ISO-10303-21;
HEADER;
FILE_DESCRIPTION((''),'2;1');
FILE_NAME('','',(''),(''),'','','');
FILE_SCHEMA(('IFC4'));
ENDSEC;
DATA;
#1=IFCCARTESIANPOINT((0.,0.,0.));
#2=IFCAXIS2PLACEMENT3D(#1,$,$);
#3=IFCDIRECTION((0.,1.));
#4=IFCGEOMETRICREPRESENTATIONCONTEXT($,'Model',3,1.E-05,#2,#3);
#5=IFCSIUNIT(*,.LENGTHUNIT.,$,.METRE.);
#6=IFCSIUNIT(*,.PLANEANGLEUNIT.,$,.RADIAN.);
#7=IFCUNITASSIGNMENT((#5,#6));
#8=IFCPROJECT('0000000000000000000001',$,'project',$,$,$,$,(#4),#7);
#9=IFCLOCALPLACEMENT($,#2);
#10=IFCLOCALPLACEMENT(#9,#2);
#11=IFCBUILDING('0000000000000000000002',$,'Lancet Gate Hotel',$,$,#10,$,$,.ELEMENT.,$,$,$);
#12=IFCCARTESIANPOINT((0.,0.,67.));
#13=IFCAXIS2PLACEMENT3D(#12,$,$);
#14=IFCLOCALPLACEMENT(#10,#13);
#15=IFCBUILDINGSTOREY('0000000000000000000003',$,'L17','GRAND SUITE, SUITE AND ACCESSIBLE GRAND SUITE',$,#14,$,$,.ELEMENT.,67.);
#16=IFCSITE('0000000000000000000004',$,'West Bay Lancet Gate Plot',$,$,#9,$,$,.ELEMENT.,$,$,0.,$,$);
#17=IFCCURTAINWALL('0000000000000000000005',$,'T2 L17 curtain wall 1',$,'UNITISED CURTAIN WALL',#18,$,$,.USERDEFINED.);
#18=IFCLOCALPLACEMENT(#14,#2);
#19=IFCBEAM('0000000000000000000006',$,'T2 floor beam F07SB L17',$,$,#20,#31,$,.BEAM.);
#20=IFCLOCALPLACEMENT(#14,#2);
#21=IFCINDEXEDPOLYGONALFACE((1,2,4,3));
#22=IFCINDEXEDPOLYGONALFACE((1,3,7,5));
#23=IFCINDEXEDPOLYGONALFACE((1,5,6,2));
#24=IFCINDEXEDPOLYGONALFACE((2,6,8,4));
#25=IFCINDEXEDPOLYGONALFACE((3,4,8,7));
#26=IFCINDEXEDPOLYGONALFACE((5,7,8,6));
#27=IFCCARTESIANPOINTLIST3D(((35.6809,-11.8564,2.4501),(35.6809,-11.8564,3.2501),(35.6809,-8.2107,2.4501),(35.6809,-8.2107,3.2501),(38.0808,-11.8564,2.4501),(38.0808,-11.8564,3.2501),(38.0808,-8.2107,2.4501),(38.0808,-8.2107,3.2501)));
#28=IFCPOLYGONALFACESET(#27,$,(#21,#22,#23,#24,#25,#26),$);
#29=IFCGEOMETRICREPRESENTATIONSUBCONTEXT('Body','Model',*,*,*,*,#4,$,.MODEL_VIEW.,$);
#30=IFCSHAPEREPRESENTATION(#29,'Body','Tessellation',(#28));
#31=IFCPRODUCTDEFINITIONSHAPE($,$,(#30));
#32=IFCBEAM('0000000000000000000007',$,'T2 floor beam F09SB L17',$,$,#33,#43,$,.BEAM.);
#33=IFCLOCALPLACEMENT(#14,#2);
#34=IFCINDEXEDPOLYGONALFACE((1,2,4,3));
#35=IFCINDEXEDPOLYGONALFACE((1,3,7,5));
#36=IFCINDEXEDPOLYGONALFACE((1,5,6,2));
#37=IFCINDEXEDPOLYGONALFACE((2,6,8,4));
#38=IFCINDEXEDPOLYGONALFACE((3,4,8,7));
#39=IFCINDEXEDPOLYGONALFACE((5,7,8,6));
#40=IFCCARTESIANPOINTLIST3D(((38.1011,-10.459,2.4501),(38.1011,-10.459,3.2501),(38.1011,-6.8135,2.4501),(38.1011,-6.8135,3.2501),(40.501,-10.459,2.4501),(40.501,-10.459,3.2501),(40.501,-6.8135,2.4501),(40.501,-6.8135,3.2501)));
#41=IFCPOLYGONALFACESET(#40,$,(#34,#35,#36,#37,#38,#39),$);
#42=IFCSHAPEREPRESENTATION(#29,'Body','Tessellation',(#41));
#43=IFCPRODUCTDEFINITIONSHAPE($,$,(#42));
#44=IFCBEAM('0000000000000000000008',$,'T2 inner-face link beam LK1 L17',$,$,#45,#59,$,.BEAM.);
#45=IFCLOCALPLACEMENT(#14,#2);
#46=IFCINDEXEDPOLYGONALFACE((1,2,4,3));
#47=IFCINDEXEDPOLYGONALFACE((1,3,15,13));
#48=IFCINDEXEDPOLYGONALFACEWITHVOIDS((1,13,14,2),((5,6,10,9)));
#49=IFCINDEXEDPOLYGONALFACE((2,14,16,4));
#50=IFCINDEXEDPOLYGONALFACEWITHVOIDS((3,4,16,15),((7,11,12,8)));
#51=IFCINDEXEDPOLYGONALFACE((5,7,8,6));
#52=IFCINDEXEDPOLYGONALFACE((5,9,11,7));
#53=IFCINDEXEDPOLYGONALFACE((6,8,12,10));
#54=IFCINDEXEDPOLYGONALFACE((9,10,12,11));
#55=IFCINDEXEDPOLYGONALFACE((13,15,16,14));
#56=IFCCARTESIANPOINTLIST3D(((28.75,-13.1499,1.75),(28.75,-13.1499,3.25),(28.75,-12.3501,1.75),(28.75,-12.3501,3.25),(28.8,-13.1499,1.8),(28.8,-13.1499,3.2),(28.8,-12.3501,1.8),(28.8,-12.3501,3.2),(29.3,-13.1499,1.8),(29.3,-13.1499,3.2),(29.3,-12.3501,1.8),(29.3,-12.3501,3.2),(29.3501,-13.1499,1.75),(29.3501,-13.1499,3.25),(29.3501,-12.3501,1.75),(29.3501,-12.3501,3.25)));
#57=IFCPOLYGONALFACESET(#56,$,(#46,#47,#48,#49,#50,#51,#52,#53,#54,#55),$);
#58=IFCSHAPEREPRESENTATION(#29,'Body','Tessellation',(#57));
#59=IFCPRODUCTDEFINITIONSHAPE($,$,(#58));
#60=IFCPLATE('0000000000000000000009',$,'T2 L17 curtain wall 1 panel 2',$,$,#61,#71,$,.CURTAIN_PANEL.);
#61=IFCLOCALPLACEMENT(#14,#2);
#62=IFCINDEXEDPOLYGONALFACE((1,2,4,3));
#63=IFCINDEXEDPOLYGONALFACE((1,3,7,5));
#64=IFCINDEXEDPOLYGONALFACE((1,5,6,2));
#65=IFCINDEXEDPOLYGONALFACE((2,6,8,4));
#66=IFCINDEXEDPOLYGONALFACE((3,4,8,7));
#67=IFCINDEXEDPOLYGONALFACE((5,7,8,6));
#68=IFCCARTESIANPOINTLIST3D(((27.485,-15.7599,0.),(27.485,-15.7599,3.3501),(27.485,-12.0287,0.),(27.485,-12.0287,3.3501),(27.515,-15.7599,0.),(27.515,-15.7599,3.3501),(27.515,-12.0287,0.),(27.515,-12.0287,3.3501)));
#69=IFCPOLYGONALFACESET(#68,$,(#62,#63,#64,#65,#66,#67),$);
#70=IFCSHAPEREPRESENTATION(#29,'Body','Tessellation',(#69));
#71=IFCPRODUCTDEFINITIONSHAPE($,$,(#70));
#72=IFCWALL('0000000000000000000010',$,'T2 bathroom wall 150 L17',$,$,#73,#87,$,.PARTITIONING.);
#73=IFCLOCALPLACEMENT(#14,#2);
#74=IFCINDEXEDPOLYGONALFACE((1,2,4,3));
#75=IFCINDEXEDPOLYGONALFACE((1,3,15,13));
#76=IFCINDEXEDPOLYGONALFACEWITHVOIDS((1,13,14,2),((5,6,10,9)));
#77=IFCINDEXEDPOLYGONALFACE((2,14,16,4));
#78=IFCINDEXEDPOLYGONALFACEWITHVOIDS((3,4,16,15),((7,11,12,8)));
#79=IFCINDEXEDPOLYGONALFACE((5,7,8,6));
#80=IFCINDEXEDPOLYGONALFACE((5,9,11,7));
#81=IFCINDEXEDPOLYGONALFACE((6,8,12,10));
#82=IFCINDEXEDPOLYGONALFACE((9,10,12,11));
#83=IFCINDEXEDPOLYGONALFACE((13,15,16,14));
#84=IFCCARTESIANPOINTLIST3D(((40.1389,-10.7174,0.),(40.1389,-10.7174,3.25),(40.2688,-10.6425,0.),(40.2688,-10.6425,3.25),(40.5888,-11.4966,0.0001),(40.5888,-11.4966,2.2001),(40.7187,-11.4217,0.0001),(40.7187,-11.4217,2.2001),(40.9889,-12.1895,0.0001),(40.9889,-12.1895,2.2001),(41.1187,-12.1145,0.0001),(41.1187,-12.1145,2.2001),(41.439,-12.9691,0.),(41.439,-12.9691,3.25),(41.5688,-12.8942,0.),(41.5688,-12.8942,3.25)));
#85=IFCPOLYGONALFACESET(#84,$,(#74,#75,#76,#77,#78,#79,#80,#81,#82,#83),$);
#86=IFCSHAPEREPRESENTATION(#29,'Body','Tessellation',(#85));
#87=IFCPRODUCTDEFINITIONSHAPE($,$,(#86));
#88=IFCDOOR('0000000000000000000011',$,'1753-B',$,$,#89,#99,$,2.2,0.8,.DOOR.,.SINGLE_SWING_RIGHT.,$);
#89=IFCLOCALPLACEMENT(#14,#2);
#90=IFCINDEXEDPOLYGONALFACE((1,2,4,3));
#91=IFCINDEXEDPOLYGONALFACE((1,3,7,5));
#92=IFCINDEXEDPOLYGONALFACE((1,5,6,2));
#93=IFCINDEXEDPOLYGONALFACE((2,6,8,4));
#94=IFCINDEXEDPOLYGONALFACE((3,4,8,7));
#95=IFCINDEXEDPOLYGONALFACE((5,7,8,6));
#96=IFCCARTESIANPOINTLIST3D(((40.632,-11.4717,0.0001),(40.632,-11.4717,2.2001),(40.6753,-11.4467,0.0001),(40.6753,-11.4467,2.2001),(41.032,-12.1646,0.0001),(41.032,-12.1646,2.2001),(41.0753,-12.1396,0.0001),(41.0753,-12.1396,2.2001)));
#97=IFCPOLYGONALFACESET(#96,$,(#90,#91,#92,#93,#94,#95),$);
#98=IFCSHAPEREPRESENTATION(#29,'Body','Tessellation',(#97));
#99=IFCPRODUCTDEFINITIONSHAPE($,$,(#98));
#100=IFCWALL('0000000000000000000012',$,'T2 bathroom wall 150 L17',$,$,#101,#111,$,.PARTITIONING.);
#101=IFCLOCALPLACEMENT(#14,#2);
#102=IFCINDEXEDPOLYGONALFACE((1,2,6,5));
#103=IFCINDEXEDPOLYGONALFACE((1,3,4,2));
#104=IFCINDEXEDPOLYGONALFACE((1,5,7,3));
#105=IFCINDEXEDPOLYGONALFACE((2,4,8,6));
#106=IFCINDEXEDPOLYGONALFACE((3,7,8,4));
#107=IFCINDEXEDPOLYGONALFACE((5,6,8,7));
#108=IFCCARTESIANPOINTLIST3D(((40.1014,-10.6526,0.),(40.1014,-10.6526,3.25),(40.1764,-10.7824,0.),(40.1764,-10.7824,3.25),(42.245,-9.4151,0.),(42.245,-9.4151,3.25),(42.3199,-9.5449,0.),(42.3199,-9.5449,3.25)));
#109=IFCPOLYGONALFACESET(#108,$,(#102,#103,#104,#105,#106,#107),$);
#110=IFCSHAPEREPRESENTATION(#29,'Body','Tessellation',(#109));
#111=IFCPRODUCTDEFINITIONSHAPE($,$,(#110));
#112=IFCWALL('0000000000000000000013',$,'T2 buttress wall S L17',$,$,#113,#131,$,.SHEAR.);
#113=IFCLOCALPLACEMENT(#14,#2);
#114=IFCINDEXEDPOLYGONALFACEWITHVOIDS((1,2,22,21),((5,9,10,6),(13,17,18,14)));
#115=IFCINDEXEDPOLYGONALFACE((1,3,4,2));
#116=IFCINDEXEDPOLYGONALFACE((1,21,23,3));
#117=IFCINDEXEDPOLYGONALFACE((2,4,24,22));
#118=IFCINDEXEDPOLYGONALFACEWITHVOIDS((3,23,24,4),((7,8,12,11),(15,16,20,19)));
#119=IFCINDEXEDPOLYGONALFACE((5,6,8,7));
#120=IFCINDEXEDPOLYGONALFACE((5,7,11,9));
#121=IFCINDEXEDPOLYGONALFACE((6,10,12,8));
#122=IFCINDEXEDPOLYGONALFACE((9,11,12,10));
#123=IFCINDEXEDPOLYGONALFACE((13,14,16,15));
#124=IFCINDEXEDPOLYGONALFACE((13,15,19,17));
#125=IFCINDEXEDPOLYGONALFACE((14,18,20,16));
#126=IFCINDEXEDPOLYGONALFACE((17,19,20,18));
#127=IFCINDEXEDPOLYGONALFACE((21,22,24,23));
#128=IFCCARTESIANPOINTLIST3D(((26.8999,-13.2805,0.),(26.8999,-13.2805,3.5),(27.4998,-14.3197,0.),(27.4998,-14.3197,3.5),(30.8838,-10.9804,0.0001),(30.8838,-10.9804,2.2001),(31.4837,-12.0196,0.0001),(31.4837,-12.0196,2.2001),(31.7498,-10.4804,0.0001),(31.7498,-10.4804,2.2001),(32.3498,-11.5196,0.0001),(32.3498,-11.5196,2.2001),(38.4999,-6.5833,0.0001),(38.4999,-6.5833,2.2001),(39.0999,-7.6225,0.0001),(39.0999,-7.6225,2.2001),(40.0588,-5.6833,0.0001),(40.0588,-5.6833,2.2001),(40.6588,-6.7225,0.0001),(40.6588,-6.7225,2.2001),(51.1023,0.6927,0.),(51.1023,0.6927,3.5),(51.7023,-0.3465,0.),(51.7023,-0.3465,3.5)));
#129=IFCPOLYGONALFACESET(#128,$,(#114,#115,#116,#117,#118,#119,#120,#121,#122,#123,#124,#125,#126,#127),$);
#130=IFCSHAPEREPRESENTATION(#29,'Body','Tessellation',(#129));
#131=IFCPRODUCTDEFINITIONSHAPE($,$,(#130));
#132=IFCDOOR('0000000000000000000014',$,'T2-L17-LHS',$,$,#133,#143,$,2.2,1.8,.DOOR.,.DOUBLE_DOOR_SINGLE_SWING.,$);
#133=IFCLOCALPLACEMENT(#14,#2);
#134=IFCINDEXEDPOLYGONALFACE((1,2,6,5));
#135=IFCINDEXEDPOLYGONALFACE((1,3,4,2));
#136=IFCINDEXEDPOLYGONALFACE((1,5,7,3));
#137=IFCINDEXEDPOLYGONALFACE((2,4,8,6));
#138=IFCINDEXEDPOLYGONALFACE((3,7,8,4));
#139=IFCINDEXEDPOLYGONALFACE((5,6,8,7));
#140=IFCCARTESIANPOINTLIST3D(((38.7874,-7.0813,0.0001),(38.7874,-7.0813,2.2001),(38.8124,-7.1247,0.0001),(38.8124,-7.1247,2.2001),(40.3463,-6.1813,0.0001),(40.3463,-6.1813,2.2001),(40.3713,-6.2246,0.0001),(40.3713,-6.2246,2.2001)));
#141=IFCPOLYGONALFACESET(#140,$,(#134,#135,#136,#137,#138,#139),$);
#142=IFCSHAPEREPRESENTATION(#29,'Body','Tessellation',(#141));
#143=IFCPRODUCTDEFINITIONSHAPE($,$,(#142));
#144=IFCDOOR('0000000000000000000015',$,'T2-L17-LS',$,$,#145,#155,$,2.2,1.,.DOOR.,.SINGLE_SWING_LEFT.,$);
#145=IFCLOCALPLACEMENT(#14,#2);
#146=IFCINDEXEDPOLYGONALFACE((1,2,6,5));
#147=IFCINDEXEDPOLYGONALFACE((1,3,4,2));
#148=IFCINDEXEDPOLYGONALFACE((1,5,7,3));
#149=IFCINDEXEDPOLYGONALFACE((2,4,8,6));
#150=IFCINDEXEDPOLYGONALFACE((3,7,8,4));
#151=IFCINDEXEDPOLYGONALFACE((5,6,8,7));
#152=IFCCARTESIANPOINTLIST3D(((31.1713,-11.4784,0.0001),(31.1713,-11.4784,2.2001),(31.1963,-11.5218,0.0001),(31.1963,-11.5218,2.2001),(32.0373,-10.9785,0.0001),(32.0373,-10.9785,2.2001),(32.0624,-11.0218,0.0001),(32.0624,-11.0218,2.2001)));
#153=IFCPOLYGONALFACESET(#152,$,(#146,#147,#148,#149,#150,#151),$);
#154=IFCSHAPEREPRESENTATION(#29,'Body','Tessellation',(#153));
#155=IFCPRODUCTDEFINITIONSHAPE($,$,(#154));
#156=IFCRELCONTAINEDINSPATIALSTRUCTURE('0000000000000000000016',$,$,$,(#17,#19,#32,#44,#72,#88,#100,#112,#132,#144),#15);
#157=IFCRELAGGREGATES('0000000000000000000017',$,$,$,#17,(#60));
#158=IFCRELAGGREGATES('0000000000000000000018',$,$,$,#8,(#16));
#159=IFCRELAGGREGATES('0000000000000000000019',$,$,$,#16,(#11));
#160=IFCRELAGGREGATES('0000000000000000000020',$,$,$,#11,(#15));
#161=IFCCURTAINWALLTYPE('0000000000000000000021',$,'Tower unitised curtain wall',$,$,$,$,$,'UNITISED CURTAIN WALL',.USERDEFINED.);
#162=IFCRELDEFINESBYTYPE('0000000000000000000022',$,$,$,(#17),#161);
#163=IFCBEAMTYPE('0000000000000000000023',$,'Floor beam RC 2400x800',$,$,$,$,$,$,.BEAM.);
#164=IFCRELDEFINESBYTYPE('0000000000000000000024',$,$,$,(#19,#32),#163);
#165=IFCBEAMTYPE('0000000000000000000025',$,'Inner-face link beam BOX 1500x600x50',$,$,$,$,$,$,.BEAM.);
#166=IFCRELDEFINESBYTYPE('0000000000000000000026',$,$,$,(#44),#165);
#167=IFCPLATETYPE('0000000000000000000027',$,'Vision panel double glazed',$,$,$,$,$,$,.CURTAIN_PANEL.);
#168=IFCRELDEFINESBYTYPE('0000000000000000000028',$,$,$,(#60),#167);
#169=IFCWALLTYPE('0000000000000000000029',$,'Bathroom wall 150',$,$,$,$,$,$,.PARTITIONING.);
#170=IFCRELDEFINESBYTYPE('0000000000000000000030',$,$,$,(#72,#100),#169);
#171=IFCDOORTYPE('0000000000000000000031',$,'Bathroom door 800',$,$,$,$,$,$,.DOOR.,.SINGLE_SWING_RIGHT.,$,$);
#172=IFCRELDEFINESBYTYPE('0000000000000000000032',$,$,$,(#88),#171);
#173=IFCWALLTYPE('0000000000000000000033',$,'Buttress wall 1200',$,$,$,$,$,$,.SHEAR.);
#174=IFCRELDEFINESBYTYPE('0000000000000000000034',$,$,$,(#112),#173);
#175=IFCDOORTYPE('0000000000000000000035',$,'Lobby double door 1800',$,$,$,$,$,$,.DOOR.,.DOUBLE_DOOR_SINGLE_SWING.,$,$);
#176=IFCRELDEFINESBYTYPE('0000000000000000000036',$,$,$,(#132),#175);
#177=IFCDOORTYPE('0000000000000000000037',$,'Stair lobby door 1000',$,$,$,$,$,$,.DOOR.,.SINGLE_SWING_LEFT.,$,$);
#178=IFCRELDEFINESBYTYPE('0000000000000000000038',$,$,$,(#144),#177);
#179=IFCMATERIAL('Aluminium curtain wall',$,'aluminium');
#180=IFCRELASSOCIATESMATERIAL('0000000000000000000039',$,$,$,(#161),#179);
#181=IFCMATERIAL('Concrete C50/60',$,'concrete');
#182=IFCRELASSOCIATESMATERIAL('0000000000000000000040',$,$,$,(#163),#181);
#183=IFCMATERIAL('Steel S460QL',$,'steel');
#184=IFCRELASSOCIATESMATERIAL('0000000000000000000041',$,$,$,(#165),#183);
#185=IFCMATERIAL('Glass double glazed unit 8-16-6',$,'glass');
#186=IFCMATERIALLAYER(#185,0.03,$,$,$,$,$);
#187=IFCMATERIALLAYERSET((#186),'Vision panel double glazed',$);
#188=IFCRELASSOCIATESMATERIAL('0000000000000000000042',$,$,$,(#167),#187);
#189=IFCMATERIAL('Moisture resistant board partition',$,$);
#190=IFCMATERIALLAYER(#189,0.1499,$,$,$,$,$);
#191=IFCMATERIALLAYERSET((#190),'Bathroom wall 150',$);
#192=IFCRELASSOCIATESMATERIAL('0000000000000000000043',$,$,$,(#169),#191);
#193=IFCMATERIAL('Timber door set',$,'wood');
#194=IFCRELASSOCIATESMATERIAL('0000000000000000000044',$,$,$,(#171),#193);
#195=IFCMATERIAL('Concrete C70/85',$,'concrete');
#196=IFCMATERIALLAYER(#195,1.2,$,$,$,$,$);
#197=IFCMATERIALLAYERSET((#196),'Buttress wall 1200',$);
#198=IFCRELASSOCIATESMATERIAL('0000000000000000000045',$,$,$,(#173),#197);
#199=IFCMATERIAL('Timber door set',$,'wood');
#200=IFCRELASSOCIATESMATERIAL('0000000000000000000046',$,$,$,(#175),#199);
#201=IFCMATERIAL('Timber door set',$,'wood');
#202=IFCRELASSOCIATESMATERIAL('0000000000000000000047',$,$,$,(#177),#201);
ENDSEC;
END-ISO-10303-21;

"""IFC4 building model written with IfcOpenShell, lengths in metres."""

from ifc_helpers import new_model, si_unit, direction, frame, frame_2d, origin, origin_2d, place, context, subcontext, project, spatial, rectangle, hollow_rectangle, extrude, material, layer, layer_set, material_profile, profile_set, type_object, element, fill, aggregate, save


model = new_model("IFC4")

# Units and contexts
model_context = context("Model", 3, precision=1e-05, world=origin(), true_north=direction((0.0, 1.0)))
body_context = subcontext(model_context, "Body", "Model", "MODEL_VIEW")
ifc_project = project(units=[si_unit("LENGTHUNIT", "METRE"), si_unit("PLANEANGLEUNIT", "RADIAN")], contexts=[model_context])

# Site, building, storey
site_placement = place(None, origin())
site = spatial("IfcSite", under=ifc_project, at=site_placement, Name="West Bay Lancet Gate Plot", CompositionType="ELEMENT", RefElevation=0.0)
building_placement = place(site_placement, origin())
building = spatial("IfcBuilding", under=site, at=building_placement, Name="Lancet Gate Hotel", CompositionType="ELEMENT")
storey_placement = place(building_placement, frame((0.0, 0.0, 67.0)))
storey = spatial("IfcBuildingStorey", under=building, at=storey_placement, Name="L17", Description="GRAND SUITE, SUITE AND ACCESSIBLE GRAND SUITE", CompositionType="ELEMENT", Elevation=67.0)

# Curtain wall
ifc_material_1 = material(Name="Aluminium curtain wall", Category="aluminium")
curtain_wall_type = type_object("IfcCurtainWallType", Name="Tower unitised curtain wall", ElementType="UNITISED CURTAIN WALL", PredefinedType="USERDEFINED", material=ifc_material_1)
curtain_wall_placement = place(storey_placement, origin())
curtain_wall = element("IfcCurtainWall", 1, at=curtain_wall_placement, inside=storey, type_object=curtain_wall_type, Name="T2 L17 curtain wall 1", ObjectType="UNITISED CURTAIN WALL", PredefinedType="USERDEFINED")

# Beams
ifc_material_2 = material(Name="Concrete C50/60", Category="concrete")
ifc_material_profile_1 = material_profile(ifc_material_2, rectangle(XDim=2.3999, YDim=0.8, at=origin_2d()), Name="RC 2400x800")
ifc_profile_set_1 = profile_set([ifc_material_profile_1], Name="Concrete C50/60")
beam_type_1 = type_object("IfcBeamType", Name="Floor beam RC 2400x800", PredefinedType="BEAM", material=ifc_profile_set_1)
for number, where, z_axis, x_axis, name in (
    (2, (36.8809, -11.8564, 2.8501), (0.0, 1.0, 0.0), (-1.0, 0.0, 0.0), "T2 floor beam F07SB L17"),
):
    element("IfcBeam", number, at=place(storey_placement, frame(where, z_axis=z_axis, x_axis=x_axis)), inside=storey, type_object=beam_type_1, Name=name, PredefinedType="BEAM", context=body_context, shape_type="SweptSolid", body=[
        extrude(rectangle(XDim=2.3999, YDim=0.8, at=origin_2d()), origin(), (0.0, 0.0, 1.0), 3.6458),
    ])
beam_1_placement = place(storey_placement, frame((39.301, -10.459, 2.8501), z_axis=(0.0, 1.0, 0.0), x_axis=(-1.0, 0.0, 0.0)))
element("IfcBeam", 3, at=beam_1_placement, inside=storey, type_object=beam_type_1, Name="T2 floor beam F09SB L17", PredefinedType="BEAM", context=body_context, shape_type="SweptSolid", body=[
    extrude(rectangle(XDim=2.3999, YDim=0.8, at=origin_2d()), origin(), (0.0, 0.0, 1.0), 3.6455),
])
ifc_material_3 = material(Name="Steel S460QL", Category="steel")
ifc_material_profile_2 = material_profile(ifc_material_3, hollow_rectangle(XDim=0.6001, YDim=1.5, WallThickness=0.05, at=origin_2d()), Name="BOX 1500x600x50")
ifc_profile_set_2 = profile_set([ifc_material_profile_2], Name="Steel S460QL")
beam_type_2 = type_object("IfcBeamType", Name="Inner-face link beam BOX 1500x600x50", PredefinedType="BEAM", material=ifc_profile_set_2)
beam_2_placement = place(storey_placement, frame((29.05, -13.1499, 2.5), z_axis=(0.0, 1.0, 0.0), x_axis=(-1.0, 0.0, 0.0)))
element("IfcBeam", 4, at=beam_2_placement, inside=storey, type_object=beam_type_2, Name="T2 inner-face link beam LK1 L17", PredefinedType="BEAM", context=body_context, shape_type="SweptSolid", body=[
    extrude(hollow_rectangle(XDim=0.6001, YDim=1.5, WallThickness=0.05, at=origin_2d()), origin(), (0.0, 0.0, 1.0), 0.7998),
])

# Plate
ifc_material_4 = material(Name="Glass double glazed unit 8-16-6", Category="glass")
ifc_layer_1 = layer(ifc_material_4, 0.03)
ifc_layer_set_1 = layer_set([ifc_layer_1], Name="Vision panel double glazed")
plate_type = type_object("IfcPlateType", Name="Vision panel double glazed", PredefinedType="CURTAIN_PANEL", material=ifc_layer_set_1)
plate_placement = place(storey_placement, frame((27.5, -13.8943, 0.0), z_axis=(0.0, 0.0, 1.0), x_axis=(0.0, -1.0, 0.0)))
plate = element("IfcPlate", 5, at=plate_placement, type_object=plate_type, Name="T2 L17 curtain wall 1 panel 2", PredefinedType="CURTAIN_PANEL", context=body_context, shape_type="SweptSolid", body=[
    extrude(rectangle(XDim=3.7312, YDim=0.03, at=origin_2d()), origin(), (0.0, 0.0, 1.0), 3.3501),
])
aggregate(curtain_wall, [plate])

# Wall, opening, door
ifc_material_5 = material(Name="Moisture resistant board partition")
ifc_layer_2 = layer(ifc_material_5, 0.1499)
ifc_layer_set_2 = layer_set([ifc_layer_2], Name="Bathroom wall 150")
wall_type_1 = type_object("IfcWallType", Name="Bathroom wall 150", PredefinedType="PARTITIONING", material=ifc_layer_set_2)
wall_1_placement = place(storey_placement, frame((40.2039, -10.6799, 0.0), z_axis=(0.0, 0.0, 1.0), x_axis=(0.500007, -0.866021, 0.0)))
wall_1 = element("IfcWall", 6, at=wall_1_placement, inside=storey, type_object=wall_type_1, Name="T2 bathroom wall 150 L17", PredefinedType="PARTITIONING", context=body_context, shape_type="SweptSolid", body=[
    extrude(rectangle(XDim=2.6001, YDim=0.1499, at=frame_2d((1.3, 0.0))), origin(), (0.0, 0.0, 1.0), 3.25),
])
opening_1_placement = place(wall_1_placement, frame((0.8999, 0.0, 0.0)))
opening_1 = element("IfcOpeningElement", 7, at=opening_1_placement, cuts=wall_1, PredefinedType="OPENING", context=body_context, shape_type="SweptSolid", body=[
    extrude(rectangle(XDim=0.8, YDim=2.2, at=frame_2d((0.3999, 1.1001))), frame((0.0, 0.085, 0.0), z_axis=(0.0, -1.0, 0.0), x_axis=(1.0, 0.0, 0.0)), (0.0, 0.0, 1.0), 0.1699),
])
ifc_material_6 = material(Name="Timber door set", Category="wood")
door_type_1 = type_object("IfcDoorType", Name="Bathroom door 800", OperationType="SINGLE_SWING_RIGHT", PredefinedType="DOOR", material=ifc_material_6)
door_1_placement = place(opening_1_placement, origin())
door_1 = element("IfcDoor", 8, at=door_1_placement, inside=storey, type_object=door_type_1, Name="1753-B", OperationType="SINGLE_SWING_RIGHT", OverallHeight=2.2, OverallWidth=0.8, PredefinedType="DOOR", context=body_context, shape_type="SweptSolid", body=[
    extrude(rectangle(XDim=0.8, YDim=2.2, at=frame_2d((0.3999, 1.1001))), frame((0.0, 0.0249, 0.0), z_axis=(0.0, -1.0, 0.0), x_axis=(1.0, 0.0, 0.0)), (0.0, 0.0, 1.0), 0.05),
])
fill(opening_1, door_1)

# Wall
wall_2_placement = place(storey_placement, frame((40.1389, -10.7175, 0.0), z_axis=(0.0, 0.0, 1.0), x_axis=(0.866031, 0.49999, 0.0)))
element("IfcWall", 9, at=wall_2_placement, inside=storey, type_object=wall_type_1, Name="T2 bathroom wall 150 L17", PredefinedType="PARTITIONING", context=body_context, shape_type="SweptSolid", body=[
    extrude(rectangle(XDim=2.4751, YDim=0.1499, at=frame_2d((1.2375, 0.0))), origin(), (0.0, 0.0, 1.0), 3.25),
])

# Wall, openings, doors
ifc_material_7 = material(Name="Concrete C70/85", Category="concrete")
ifc_layer_3 = layer(ifc_material_7, 1.2)
ifc_layer_set_3 = layer_set([ifc_layer_3], Name="Buttress wall 1200")
wall_type_2 = type_object("IfcWallType", Name="Buttress wall 1200", PredefinedType="SHEAR", material=ifc_layer_set_3)
wall_3_placement = place(storey_placement, frame((27.2, -13.8, 0.0), z_axis=(0.0, 0.0, 1.0), x_axis=(0.866027, 0.499997, 0.0)))
wall_3 = element("IfcWall", 10, at=wall_3_placement, inside=storey, type_object=wall_type_2, Name="T2 buttress wall S L17", PredefinedType="SHEAR", context=body_context, shape_type="SweptSolid", body=[
    extrude(rectangle(XDim=27.9465, YDim=1.2, at=frame_2d((13.9731, 0.0))), origin(), (0.0, 0.0, 1.0), 3.5),
])
opening_2_placement = place(wall_3_placement, frame((4.6001, 0.0, 0.0)))
opening_2 = element("IfcOpeningElement", 11, at=opening_2_placement, cuts=wall_3, PredefinedType="OPENING", context=body_context, shape_type="SweptSolid", body=[
    extrude(rectangle(XDim=1.0, YDim=2.2, at=frame_2d((0.5, 1.1001))), frame((0.0, 0.6099, 0.0), z_axis=(0.0, -1.0, 0.0), x_axis=(1.0, 0.0, 0.0)), (0.0, 0.0, 1.0), 1.22),
])
opening_3_placement = place(wall_3_placement, frame((13.3945, 0.0, 0.0)))
opening_3 = element("IfcOpeningElement", 12, at=opening_3_placement, cuts=wall_3, PredefinedType="OPENING", context=body_context, shape_type="SweptSolid", body=[
    extrude(rectangle(XDim=1.8, YDim=2.2, at=frame_2d((0.8999, 1.1001))), frame((0.0, 0.6099, 0.0), z_axis=(0.0, -1.0, 0.0), x_axis=(1.0, 0.0, 0.0)), (0.0, 0.0, 1.0), 1.22),
])
ifc_material_8 = material(Name="Timber door set", Category="wood")
door_type_2 = type_object("IfcDoorType", Name="Lobby double door 1800", OperationType="DOUBLE_DOOR_SINGLE_SWING", PredefinedType="DOOR", material=ifc_material_8)
door_2_placement = place(opening_3_placement, origin())
door_2 = element("IfcDoor", 13, at=door_2_placement, inside=storey, type_object=door_type_2, Name="T2-L17-LHS", OperationType="DOUBLE_DOOR_SINGLE_SWING", OverallHeight=2.2, OverallWidth=1.8, PredefinedType="DOOR", context=body_context, shape_type="SweptSolid", body=[
    extrude(rectangle(XDim=1.8, YDim=2.2, at=frame_2d((0.8999, 1.1001))), frame((0.0, 0.0249, 0.0), z_axis=(0.0, -1.0, 0.0), x_axis=(1.0, 0.0, 0.0)), (0.0, 0.0, 1.0), 0.05),
])
fill(opening_3, door_2)
ifc_material_9 = material(Name="Timber door set", Category="wood")
door_type_3 = type_object("IfcDoorType", Name="Stair lobby door 1000", OperationType="SINGLE_SWING_LEFT", PredefinedType="DOOR", material=ifc_material_9)
door_3_placement = place(opening_2_placement, origin())
door_3 = element("IfcDoor", 14, at=door_3_placement, inside=storey, type_object=door_type_3, Name="T2-L17-LS", OperationType="SINGLE_SWING_LEFT", OverallHeight=2.2, OverallWidth=1.0, PredefinedType="DOOR", context=body_context, shape_type="SweptSolid", body=[
    extrude(rectangle(XDim=1.0, YDim=2.2, at=frame_2d((0.5, 1.1001))), frame((0.0, 0.0249, 0.0), z_axis=(0.0, -1.0, 0.0), x_axis=(1.0, 0.0, 0.0)), (0.0, 0.0, 1.0), 0.05),
])
fill(opening_2, door_3)

save(model, "model.ifc")
